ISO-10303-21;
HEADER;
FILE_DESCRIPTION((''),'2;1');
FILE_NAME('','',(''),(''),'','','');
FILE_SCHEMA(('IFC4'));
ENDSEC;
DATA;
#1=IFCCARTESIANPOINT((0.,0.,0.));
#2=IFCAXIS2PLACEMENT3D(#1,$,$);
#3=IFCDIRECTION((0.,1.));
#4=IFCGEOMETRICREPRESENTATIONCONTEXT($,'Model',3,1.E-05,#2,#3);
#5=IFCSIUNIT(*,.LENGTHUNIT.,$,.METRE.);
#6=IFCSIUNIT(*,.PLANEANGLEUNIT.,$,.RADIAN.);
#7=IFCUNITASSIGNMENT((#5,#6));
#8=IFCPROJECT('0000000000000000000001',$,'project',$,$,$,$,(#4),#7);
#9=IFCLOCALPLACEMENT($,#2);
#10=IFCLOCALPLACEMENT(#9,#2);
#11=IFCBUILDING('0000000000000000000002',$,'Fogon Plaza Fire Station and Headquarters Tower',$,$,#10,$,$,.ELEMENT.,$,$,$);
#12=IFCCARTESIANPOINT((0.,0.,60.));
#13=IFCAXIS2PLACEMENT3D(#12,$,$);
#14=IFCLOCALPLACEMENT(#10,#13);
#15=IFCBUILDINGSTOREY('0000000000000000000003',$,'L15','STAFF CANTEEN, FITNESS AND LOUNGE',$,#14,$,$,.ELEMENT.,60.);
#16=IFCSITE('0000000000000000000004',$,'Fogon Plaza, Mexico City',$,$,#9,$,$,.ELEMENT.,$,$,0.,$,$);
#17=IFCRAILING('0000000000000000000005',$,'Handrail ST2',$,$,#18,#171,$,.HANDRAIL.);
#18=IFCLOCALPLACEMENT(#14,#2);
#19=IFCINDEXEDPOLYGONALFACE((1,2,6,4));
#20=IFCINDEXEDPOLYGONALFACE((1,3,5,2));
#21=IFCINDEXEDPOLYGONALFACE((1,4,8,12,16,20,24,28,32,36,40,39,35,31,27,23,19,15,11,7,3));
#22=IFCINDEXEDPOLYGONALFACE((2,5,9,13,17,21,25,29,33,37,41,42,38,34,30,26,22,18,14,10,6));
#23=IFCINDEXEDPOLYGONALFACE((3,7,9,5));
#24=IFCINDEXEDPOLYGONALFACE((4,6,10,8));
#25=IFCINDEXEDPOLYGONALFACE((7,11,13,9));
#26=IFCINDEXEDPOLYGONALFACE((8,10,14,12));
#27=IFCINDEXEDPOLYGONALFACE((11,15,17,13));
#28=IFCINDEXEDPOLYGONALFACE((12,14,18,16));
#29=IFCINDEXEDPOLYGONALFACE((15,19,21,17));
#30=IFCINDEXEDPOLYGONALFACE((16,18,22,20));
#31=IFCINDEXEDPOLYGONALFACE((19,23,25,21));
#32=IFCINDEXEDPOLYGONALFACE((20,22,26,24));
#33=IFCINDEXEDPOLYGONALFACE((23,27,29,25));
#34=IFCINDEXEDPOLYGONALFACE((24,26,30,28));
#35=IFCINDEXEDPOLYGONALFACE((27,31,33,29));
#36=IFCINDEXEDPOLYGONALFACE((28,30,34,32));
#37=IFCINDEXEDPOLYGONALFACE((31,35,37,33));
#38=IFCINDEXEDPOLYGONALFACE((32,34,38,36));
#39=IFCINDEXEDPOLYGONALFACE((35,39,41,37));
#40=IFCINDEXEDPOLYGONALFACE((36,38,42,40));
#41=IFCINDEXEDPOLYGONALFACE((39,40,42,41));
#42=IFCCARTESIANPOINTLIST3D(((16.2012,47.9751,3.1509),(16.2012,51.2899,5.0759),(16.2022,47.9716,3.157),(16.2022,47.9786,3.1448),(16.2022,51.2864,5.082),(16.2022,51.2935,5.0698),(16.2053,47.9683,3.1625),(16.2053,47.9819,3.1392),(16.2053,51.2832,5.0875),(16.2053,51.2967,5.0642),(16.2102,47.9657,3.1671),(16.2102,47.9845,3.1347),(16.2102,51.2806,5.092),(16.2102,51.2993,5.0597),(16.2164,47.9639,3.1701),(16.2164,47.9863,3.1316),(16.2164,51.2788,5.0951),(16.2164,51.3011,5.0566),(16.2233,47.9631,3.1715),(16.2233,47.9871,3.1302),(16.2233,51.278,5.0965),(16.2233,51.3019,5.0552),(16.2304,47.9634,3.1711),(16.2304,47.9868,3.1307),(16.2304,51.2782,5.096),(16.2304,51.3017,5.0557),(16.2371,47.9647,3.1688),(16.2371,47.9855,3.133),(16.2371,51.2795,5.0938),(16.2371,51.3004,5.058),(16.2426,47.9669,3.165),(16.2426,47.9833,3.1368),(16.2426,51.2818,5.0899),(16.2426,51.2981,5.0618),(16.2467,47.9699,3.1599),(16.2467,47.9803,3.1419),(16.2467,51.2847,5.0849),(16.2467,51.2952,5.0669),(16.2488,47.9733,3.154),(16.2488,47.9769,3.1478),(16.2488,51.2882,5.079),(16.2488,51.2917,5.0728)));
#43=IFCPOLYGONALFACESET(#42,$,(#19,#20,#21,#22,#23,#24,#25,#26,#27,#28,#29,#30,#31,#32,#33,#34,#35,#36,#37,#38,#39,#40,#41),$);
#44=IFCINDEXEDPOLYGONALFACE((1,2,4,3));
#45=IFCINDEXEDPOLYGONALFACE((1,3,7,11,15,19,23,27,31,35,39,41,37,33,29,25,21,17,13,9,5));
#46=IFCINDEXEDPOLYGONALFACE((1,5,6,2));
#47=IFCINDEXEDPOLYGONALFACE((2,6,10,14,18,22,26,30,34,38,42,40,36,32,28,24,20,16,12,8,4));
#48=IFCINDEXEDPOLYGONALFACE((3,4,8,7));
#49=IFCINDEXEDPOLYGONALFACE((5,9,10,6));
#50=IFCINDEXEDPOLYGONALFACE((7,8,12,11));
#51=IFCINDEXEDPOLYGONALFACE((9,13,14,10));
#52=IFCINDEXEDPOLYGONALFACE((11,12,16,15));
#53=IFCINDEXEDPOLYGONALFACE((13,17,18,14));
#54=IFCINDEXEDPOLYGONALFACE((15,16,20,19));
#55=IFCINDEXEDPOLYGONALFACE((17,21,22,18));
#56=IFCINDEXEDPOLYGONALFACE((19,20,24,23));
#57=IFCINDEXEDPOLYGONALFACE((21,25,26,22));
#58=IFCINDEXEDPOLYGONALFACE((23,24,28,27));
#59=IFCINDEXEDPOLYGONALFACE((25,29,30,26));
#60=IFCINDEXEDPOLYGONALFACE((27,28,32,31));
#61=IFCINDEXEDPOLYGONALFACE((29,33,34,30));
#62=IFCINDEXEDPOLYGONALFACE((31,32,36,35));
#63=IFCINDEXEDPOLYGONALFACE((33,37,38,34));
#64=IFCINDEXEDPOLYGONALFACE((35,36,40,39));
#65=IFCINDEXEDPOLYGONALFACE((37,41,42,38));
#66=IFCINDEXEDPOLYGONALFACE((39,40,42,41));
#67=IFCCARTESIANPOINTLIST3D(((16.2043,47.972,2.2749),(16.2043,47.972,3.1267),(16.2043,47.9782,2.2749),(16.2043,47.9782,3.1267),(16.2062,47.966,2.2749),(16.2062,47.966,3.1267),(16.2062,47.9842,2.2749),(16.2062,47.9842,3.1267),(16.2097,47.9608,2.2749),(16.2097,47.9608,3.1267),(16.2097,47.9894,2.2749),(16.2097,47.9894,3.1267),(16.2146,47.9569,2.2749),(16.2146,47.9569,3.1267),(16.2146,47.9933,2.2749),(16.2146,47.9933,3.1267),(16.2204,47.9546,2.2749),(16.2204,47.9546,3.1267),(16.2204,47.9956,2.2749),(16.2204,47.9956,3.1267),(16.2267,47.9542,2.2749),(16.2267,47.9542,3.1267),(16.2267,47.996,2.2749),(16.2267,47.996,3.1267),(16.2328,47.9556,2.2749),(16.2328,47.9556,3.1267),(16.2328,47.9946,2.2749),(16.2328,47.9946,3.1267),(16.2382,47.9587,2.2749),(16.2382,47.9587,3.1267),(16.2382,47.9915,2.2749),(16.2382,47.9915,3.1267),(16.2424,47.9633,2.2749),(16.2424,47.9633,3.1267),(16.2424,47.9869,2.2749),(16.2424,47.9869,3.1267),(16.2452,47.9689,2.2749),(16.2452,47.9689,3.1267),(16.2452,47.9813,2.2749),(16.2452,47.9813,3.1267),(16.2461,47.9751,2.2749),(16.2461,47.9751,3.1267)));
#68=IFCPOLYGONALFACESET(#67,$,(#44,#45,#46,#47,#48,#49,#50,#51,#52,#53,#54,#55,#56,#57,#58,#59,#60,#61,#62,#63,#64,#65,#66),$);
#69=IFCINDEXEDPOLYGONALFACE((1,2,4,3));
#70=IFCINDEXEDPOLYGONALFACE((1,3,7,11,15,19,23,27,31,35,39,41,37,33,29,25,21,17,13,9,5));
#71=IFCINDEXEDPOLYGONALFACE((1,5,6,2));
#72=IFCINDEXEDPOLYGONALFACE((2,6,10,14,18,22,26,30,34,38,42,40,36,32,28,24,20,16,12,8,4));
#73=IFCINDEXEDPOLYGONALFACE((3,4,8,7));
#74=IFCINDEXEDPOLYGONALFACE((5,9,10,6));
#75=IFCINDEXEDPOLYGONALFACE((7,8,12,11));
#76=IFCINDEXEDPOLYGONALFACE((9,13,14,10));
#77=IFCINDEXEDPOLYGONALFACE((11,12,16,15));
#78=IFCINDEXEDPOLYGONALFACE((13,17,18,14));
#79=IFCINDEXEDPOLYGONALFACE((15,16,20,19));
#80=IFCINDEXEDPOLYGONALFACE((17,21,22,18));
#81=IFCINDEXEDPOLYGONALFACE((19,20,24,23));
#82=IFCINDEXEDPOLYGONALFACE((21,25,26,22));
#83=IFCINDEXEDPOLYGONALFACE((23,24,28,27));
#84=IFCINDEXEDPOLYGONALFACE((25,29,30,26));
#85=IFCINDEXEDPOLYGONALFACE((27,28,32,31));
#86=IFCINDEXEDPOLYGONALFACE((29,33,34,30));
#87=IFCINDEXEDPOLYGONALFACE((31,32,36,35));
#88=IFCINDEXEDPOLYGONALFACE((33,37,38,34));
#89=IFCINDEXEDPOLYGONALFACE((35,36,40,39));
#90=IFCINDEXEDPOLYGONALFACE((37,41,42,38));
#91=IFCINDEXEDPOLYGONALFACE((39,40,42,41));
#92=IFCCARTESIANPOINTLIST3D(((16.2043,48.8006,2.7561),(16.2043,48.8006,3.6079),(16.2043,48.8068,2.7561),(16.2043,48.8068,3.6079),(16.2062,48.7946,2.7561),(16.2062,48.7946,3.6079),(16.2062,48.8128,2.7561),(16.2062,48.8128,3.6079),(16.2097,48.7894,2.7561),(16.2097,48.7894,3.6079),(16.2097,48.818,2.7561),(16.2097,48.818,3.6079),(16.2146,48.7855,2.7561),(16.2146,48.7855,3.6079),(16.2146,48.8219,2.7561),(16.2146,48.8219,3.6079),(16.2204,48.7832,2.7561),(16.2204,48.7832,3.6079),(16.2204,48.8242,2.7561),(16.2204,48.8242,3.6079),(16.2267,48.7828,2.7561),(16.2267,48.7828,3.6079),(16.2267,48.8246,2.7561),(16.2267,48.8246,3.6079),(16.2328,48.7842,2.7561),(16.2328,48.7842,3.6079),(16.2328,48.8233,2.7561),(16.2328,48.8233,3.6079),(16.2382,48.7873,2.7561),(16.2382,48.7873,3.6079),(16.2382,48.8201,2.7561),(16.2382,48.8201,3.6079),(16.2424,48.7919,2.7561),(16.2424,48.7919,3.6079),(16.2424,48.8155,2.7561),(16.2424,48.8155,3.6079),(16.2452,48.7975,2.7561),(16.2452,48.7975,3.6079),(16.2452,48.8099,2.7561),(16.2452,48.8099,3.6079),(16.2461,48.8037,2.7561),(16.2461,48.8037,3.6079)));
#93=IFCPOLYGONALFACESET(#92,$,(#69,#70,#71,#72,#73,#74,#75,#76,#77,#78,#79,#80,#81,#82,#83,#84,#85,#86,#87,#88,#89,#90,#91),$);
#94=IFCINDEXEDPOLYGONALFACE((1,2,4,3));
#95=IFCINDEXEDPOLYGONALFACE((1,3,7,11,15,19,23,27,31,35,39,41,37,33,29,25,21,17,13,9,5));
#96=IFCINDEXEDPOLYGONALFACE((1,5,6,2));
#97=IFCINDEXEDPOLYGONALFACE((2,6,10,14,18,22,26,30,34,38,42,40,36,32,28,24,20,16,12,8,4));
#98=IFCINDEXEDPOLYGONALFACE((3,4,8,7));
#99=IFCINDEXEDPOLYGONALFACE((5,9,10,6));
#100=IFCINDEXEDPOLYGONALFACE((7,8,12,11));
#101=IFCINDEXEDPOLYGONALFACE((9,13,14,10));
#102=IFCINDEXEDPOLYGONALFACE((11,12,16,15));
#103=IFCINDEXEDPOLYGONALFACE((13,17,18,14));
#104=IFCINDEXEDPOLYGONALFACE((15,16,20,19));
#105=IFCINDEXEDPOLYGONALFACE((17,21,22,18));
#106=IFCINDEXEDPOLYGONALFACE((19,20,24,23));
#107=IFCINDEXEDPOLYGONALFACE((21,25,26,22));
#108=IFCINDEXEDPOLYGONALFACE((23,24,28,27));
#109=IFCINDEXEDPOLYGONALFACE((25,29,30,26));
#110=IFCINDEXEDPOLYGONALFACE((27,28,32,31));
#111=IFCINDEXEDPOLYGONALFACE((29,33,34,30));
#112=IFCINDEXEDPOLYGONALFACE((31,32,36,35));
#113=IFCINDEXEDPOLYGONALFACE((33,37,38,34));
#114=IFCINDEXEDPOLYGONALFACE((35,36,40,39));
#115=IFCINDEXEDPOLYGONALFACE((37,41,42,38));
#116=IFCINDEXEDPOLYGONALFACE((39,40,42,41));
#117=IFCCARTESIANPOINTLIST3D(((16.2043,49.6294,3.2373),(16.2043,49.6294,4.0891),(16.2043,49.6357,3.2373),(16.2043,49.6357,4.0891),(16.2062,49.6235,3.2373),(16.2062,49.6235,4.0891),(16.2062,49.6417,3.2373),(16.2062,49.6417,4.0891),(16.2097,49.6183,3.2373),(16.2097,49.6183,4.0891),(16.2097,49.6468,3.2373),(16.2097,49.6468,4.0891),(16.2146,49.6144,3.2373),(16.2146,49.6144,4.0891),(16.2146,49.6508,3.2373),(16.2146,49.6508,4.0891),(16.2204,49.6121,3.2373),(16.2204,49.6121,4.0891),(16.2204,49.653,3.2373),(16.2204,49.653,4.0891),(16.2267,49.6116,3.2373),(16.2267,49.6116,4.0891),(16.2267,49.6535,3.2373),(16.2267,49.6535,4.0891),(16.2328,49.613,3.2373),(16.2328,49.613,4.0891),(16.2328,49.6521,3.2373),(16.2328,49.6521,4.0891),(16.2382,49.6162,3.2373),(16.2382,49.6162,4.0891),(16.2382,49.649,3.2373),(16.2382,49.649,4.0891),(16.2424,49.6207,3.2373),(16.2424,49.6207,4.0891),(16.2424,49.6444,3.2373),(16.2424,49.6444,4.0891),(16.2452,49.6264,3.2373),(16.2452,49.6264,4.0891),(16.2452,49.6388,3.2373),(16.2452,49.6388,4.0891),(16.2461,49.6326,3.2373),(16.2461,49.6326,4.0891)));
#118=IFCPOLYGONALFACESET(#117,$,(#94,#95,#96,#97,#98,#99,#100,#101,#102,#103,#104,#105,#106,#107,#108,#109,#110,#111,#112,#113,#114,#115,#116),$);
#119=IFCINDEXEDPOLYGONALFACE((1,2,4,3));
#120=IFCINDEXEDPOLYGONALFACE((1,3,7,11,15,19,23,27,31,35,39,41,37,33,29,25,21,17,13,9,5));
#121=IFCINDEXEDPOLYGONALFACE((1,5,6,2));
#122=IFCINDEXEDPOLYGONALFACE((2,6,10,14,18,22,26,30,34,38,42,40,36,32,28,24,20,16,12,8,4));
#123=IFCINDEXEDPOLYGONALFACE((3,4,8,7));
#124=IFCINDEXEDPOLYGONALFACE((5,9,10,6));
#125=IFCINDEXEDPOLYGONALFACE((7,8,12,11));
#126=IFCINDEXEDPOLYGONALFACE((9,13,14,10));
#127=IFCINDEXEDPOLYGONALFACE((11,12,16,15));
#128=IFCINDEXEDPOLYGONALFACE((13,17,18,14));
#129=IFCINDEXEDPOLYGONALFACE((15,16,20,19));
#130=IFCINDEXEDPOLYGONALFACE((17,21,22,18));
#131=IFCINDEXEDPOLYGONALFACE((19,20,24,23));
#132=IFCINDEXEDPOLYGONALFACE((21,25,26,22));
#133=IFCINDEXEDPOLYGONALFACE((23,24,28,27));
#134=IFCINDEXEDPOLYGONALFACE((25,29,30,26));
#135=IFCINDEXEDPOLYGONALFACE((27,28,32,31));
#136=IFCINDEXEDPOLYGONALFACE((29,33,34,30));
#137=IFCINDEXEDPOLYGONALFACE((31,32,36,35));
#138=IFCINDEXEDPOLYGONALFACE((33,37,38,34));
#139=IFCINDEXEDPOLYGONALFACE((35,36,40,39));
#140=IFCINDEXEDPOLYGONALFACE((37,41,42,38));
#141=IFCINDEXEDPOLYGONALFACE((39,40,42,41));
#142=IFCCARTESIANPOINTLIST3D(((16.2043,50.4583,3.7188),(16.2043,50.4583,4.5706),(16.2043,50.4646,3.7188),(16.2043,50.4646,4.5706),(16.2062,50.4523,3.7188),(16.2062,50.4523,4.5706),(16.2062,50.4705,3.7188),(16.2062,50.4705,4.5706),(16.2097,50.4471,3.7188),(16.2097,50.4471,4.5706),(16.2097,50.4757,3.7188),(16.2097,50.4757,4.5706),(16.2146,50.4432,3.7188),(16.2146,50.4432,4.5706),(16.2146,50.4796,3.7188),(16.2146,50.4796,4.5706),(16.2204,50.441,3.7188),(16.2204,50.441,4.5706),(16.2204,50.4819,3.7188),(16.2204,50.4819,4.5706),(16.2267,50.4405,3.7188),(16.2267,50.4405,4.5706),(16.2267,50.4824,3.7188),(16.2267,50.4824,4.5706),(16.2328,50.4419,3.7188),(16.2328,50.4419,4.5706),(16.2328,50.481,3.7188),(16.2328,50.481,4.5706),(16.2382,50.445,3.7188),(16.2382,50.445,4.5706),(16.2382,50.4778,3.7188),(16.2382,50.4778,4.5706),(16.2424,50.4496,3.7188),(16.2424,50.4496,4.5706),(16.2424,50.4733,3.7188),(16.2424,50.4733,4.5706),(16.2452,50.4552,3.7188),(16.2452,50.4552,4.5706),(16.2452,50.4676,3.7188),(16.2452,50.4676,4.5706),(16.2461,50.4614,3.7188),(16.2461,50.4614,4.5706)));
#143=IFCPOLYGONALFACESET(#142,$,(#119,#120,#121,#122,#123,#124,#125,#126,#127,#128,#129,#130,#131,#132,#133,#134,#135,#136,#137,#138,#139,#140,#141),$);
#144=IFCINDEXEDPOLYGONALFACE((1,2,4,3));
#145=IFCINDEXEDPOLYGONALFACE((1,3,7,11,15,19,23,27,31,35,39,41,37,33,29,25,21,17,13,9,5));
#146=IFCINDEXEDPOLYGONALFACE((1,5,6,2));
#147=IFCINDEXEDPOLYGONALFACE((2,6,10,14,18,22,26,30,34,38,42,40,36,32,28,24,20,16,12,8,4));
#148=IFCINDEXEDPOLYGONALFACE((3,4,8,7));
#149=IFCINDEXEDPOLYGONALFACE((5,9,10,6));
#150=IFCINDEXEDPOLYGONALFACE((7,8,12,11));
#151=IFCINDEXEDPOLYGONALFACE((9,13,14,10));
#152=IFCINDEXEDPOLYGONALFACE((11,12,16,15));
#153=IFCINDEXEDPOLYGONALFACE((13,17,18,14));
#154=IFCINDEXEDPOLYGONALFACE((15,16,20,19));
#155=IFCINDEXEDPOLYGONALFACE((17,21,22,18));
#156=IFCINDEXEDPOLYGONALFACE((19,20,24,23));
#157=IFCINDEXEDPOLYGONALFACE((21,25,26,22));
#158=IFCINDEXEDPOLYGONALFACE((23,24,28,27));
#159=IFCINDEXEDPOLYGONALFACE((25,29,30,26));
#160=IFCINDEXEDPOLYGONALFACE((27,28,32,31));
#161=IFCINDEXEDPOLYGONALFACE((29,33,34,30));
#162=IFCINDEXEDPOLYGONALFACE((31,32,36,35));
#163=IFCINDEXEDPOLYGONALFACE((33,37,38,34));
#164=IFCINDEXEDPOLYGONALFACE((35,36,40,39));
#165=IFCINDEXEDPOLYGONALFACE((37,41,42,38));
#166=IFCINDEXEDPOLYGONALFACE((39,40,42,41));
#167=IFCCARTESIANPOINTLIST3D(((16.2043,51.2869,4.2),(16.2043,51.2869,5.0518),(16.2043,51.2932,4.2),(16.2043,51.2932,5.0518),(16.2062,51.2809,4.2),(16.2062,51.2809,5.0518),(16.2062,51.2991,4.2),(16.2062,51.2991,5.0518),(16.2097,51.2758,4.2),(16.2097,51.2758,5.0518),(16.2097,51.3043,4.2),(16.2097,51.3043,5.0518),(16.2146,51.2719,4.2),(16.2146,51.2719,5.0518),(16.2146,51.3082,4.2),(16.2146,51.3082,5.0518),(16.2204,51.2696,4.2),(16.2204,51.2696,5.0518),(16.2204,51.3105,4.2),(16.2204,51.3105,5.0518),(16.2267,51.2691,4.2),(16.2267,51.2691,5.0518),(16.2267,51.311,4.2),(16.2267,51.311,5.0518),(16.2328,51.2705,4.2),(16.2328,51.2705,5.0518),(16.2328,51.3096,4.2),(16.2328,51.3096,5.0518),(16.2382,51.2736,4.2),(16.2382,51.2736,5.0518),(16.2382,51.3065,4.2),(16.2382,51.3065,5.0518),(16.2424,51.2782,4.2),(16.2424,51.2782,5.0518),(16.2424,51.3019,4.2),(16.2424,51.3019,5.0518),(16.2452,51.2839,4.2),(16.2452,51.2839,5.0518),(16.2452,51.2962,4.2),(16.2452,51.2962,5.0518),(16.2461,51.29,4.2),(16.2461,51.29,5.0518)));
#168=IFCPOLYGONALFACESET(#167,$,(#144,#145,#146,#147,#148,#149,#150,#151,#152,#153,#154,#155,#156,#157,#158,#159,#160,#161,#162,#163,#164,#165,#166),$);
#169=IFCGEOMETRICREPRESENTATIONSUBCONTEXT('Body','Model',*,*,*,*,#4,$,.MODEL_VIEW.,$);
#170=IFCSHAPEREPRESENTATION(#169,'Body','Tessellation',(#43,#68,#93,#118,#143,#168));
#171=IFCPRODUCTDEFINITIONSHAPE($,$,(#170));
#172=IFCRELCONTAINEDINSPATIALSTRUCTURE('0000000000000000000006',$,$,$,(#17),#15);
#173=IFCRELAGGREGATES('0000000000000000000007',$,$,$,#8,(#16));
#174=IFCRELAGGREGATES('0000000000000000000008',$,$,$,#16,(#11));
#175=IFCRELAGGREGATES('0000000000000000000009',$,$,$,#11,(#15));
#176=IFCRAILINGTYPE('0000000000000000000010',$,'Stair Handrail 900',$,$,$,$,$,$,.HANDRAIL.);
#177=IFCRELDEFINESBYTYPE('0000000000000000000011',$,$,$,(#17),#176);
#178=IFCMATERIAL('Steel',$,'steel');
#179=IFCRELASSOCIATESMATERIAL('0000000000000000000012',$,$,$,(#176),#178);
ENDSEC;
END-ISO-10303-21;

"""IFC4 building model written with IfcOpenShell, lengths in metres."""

from ifc_helpers import new_model, si_unit, direction, frame, origin, origin_2d, place, context, subcontext, project, spatial, circle, extrude, material, type_object, element, save


model = new_model("IFC4")

# Units and contexts
model_context = context("Model", 3, precision=1e-05, world=origin(), true_north=direction((0.0, 1.0)))
body_context = subcontext(model_context, "Body", "Model", "MODEL_VIEW")
ifc_project = project(units=[si_unit("LENGTHUNIT", "METRE"), si_unit("PLANEANGLEUNIT", "RADIAN")], contexts=[model_context])

# Site, building, storey
site_placement = place(None, origin())
site = spatial("IfcSite", under=ifc_project, at=site_placement, Name="Fogon Plaza, Mexico City", CompositionType="ELEMENT", RefElevation=0.0)
building_placement = place(site_placement, origin())
building = spatial("IfcBuilding", under=site, at=building_placement, Name="Fogon Plaza Fire Station and Headquarters Tower", CompositionType="ELEMENT")
storey_placement = place(building_placement, frame((0.0, 0.0, 60.0)))
storey = spatial("IfcBuildingStorey", under=building, at=storey_placement, Name="L15", Description="STAFF CANTEEN, FITNESS AND LOUNGE", CompositionType="ELEMENT", Elevation=60.0)

# Railing
ifc_material_1 = material(Name="Steel", Category="steel")
railing_type = type_object("IfcRailingType", Name="Stair Handrail 900", PredefinedType="HANDRAIL", material=ifc_material_1)
for number, where, name in (
    (1, (16.2251, 47.9751, 2.2749), "Handrail ST2"),
):
    element("IfcRailing", number, at=place(storey_placement, frame(where)), inside=storey, type_object=railing_type, Name=name, PredefinedType="HANDRAIL", context=body_context, shape_type="SweptSolid", body=[
        extrude(circle(Radius=0.0239, at=origin_2d()), frame((0.0, 0.0, 0.876), z_axis=(0.0, 0.864761, 0.502183), x_axis=(-1.0, 0.0, 0.0)), (0.0, 0.0, 1.0), 3.8333),
        extrude(circle(Radius=0.021, at=origin_2d()), origin(), (0.0, 0.0, 1.0), 0.8518),
        extrude(circle(Radius=0.021, at=origin_2d()), frame((0.0, 0.8286, 0.4812)), (0.0, 0.0, 1.0), 0.8518),
        extrude(circle(Radius=0.021, at=origin_2d()), frame((0.0, 1.6575, 0.9624)), (0.0, 0.0, 1.0), 0.8518),
        extrude(circle(Radius=0.021, at=origin_2d()), frame((0.0, 2.4863, 1.4438)), (0.0, 0.0, 1.0), 0.8518),
        extrude(circle(Radius=0.021, at=origin_2d()), frame((0.0, 3.3149, 1.925)), (0.0, 0.0, 1.0), 0.8518),
    ])

save(model, "model.ifc")
